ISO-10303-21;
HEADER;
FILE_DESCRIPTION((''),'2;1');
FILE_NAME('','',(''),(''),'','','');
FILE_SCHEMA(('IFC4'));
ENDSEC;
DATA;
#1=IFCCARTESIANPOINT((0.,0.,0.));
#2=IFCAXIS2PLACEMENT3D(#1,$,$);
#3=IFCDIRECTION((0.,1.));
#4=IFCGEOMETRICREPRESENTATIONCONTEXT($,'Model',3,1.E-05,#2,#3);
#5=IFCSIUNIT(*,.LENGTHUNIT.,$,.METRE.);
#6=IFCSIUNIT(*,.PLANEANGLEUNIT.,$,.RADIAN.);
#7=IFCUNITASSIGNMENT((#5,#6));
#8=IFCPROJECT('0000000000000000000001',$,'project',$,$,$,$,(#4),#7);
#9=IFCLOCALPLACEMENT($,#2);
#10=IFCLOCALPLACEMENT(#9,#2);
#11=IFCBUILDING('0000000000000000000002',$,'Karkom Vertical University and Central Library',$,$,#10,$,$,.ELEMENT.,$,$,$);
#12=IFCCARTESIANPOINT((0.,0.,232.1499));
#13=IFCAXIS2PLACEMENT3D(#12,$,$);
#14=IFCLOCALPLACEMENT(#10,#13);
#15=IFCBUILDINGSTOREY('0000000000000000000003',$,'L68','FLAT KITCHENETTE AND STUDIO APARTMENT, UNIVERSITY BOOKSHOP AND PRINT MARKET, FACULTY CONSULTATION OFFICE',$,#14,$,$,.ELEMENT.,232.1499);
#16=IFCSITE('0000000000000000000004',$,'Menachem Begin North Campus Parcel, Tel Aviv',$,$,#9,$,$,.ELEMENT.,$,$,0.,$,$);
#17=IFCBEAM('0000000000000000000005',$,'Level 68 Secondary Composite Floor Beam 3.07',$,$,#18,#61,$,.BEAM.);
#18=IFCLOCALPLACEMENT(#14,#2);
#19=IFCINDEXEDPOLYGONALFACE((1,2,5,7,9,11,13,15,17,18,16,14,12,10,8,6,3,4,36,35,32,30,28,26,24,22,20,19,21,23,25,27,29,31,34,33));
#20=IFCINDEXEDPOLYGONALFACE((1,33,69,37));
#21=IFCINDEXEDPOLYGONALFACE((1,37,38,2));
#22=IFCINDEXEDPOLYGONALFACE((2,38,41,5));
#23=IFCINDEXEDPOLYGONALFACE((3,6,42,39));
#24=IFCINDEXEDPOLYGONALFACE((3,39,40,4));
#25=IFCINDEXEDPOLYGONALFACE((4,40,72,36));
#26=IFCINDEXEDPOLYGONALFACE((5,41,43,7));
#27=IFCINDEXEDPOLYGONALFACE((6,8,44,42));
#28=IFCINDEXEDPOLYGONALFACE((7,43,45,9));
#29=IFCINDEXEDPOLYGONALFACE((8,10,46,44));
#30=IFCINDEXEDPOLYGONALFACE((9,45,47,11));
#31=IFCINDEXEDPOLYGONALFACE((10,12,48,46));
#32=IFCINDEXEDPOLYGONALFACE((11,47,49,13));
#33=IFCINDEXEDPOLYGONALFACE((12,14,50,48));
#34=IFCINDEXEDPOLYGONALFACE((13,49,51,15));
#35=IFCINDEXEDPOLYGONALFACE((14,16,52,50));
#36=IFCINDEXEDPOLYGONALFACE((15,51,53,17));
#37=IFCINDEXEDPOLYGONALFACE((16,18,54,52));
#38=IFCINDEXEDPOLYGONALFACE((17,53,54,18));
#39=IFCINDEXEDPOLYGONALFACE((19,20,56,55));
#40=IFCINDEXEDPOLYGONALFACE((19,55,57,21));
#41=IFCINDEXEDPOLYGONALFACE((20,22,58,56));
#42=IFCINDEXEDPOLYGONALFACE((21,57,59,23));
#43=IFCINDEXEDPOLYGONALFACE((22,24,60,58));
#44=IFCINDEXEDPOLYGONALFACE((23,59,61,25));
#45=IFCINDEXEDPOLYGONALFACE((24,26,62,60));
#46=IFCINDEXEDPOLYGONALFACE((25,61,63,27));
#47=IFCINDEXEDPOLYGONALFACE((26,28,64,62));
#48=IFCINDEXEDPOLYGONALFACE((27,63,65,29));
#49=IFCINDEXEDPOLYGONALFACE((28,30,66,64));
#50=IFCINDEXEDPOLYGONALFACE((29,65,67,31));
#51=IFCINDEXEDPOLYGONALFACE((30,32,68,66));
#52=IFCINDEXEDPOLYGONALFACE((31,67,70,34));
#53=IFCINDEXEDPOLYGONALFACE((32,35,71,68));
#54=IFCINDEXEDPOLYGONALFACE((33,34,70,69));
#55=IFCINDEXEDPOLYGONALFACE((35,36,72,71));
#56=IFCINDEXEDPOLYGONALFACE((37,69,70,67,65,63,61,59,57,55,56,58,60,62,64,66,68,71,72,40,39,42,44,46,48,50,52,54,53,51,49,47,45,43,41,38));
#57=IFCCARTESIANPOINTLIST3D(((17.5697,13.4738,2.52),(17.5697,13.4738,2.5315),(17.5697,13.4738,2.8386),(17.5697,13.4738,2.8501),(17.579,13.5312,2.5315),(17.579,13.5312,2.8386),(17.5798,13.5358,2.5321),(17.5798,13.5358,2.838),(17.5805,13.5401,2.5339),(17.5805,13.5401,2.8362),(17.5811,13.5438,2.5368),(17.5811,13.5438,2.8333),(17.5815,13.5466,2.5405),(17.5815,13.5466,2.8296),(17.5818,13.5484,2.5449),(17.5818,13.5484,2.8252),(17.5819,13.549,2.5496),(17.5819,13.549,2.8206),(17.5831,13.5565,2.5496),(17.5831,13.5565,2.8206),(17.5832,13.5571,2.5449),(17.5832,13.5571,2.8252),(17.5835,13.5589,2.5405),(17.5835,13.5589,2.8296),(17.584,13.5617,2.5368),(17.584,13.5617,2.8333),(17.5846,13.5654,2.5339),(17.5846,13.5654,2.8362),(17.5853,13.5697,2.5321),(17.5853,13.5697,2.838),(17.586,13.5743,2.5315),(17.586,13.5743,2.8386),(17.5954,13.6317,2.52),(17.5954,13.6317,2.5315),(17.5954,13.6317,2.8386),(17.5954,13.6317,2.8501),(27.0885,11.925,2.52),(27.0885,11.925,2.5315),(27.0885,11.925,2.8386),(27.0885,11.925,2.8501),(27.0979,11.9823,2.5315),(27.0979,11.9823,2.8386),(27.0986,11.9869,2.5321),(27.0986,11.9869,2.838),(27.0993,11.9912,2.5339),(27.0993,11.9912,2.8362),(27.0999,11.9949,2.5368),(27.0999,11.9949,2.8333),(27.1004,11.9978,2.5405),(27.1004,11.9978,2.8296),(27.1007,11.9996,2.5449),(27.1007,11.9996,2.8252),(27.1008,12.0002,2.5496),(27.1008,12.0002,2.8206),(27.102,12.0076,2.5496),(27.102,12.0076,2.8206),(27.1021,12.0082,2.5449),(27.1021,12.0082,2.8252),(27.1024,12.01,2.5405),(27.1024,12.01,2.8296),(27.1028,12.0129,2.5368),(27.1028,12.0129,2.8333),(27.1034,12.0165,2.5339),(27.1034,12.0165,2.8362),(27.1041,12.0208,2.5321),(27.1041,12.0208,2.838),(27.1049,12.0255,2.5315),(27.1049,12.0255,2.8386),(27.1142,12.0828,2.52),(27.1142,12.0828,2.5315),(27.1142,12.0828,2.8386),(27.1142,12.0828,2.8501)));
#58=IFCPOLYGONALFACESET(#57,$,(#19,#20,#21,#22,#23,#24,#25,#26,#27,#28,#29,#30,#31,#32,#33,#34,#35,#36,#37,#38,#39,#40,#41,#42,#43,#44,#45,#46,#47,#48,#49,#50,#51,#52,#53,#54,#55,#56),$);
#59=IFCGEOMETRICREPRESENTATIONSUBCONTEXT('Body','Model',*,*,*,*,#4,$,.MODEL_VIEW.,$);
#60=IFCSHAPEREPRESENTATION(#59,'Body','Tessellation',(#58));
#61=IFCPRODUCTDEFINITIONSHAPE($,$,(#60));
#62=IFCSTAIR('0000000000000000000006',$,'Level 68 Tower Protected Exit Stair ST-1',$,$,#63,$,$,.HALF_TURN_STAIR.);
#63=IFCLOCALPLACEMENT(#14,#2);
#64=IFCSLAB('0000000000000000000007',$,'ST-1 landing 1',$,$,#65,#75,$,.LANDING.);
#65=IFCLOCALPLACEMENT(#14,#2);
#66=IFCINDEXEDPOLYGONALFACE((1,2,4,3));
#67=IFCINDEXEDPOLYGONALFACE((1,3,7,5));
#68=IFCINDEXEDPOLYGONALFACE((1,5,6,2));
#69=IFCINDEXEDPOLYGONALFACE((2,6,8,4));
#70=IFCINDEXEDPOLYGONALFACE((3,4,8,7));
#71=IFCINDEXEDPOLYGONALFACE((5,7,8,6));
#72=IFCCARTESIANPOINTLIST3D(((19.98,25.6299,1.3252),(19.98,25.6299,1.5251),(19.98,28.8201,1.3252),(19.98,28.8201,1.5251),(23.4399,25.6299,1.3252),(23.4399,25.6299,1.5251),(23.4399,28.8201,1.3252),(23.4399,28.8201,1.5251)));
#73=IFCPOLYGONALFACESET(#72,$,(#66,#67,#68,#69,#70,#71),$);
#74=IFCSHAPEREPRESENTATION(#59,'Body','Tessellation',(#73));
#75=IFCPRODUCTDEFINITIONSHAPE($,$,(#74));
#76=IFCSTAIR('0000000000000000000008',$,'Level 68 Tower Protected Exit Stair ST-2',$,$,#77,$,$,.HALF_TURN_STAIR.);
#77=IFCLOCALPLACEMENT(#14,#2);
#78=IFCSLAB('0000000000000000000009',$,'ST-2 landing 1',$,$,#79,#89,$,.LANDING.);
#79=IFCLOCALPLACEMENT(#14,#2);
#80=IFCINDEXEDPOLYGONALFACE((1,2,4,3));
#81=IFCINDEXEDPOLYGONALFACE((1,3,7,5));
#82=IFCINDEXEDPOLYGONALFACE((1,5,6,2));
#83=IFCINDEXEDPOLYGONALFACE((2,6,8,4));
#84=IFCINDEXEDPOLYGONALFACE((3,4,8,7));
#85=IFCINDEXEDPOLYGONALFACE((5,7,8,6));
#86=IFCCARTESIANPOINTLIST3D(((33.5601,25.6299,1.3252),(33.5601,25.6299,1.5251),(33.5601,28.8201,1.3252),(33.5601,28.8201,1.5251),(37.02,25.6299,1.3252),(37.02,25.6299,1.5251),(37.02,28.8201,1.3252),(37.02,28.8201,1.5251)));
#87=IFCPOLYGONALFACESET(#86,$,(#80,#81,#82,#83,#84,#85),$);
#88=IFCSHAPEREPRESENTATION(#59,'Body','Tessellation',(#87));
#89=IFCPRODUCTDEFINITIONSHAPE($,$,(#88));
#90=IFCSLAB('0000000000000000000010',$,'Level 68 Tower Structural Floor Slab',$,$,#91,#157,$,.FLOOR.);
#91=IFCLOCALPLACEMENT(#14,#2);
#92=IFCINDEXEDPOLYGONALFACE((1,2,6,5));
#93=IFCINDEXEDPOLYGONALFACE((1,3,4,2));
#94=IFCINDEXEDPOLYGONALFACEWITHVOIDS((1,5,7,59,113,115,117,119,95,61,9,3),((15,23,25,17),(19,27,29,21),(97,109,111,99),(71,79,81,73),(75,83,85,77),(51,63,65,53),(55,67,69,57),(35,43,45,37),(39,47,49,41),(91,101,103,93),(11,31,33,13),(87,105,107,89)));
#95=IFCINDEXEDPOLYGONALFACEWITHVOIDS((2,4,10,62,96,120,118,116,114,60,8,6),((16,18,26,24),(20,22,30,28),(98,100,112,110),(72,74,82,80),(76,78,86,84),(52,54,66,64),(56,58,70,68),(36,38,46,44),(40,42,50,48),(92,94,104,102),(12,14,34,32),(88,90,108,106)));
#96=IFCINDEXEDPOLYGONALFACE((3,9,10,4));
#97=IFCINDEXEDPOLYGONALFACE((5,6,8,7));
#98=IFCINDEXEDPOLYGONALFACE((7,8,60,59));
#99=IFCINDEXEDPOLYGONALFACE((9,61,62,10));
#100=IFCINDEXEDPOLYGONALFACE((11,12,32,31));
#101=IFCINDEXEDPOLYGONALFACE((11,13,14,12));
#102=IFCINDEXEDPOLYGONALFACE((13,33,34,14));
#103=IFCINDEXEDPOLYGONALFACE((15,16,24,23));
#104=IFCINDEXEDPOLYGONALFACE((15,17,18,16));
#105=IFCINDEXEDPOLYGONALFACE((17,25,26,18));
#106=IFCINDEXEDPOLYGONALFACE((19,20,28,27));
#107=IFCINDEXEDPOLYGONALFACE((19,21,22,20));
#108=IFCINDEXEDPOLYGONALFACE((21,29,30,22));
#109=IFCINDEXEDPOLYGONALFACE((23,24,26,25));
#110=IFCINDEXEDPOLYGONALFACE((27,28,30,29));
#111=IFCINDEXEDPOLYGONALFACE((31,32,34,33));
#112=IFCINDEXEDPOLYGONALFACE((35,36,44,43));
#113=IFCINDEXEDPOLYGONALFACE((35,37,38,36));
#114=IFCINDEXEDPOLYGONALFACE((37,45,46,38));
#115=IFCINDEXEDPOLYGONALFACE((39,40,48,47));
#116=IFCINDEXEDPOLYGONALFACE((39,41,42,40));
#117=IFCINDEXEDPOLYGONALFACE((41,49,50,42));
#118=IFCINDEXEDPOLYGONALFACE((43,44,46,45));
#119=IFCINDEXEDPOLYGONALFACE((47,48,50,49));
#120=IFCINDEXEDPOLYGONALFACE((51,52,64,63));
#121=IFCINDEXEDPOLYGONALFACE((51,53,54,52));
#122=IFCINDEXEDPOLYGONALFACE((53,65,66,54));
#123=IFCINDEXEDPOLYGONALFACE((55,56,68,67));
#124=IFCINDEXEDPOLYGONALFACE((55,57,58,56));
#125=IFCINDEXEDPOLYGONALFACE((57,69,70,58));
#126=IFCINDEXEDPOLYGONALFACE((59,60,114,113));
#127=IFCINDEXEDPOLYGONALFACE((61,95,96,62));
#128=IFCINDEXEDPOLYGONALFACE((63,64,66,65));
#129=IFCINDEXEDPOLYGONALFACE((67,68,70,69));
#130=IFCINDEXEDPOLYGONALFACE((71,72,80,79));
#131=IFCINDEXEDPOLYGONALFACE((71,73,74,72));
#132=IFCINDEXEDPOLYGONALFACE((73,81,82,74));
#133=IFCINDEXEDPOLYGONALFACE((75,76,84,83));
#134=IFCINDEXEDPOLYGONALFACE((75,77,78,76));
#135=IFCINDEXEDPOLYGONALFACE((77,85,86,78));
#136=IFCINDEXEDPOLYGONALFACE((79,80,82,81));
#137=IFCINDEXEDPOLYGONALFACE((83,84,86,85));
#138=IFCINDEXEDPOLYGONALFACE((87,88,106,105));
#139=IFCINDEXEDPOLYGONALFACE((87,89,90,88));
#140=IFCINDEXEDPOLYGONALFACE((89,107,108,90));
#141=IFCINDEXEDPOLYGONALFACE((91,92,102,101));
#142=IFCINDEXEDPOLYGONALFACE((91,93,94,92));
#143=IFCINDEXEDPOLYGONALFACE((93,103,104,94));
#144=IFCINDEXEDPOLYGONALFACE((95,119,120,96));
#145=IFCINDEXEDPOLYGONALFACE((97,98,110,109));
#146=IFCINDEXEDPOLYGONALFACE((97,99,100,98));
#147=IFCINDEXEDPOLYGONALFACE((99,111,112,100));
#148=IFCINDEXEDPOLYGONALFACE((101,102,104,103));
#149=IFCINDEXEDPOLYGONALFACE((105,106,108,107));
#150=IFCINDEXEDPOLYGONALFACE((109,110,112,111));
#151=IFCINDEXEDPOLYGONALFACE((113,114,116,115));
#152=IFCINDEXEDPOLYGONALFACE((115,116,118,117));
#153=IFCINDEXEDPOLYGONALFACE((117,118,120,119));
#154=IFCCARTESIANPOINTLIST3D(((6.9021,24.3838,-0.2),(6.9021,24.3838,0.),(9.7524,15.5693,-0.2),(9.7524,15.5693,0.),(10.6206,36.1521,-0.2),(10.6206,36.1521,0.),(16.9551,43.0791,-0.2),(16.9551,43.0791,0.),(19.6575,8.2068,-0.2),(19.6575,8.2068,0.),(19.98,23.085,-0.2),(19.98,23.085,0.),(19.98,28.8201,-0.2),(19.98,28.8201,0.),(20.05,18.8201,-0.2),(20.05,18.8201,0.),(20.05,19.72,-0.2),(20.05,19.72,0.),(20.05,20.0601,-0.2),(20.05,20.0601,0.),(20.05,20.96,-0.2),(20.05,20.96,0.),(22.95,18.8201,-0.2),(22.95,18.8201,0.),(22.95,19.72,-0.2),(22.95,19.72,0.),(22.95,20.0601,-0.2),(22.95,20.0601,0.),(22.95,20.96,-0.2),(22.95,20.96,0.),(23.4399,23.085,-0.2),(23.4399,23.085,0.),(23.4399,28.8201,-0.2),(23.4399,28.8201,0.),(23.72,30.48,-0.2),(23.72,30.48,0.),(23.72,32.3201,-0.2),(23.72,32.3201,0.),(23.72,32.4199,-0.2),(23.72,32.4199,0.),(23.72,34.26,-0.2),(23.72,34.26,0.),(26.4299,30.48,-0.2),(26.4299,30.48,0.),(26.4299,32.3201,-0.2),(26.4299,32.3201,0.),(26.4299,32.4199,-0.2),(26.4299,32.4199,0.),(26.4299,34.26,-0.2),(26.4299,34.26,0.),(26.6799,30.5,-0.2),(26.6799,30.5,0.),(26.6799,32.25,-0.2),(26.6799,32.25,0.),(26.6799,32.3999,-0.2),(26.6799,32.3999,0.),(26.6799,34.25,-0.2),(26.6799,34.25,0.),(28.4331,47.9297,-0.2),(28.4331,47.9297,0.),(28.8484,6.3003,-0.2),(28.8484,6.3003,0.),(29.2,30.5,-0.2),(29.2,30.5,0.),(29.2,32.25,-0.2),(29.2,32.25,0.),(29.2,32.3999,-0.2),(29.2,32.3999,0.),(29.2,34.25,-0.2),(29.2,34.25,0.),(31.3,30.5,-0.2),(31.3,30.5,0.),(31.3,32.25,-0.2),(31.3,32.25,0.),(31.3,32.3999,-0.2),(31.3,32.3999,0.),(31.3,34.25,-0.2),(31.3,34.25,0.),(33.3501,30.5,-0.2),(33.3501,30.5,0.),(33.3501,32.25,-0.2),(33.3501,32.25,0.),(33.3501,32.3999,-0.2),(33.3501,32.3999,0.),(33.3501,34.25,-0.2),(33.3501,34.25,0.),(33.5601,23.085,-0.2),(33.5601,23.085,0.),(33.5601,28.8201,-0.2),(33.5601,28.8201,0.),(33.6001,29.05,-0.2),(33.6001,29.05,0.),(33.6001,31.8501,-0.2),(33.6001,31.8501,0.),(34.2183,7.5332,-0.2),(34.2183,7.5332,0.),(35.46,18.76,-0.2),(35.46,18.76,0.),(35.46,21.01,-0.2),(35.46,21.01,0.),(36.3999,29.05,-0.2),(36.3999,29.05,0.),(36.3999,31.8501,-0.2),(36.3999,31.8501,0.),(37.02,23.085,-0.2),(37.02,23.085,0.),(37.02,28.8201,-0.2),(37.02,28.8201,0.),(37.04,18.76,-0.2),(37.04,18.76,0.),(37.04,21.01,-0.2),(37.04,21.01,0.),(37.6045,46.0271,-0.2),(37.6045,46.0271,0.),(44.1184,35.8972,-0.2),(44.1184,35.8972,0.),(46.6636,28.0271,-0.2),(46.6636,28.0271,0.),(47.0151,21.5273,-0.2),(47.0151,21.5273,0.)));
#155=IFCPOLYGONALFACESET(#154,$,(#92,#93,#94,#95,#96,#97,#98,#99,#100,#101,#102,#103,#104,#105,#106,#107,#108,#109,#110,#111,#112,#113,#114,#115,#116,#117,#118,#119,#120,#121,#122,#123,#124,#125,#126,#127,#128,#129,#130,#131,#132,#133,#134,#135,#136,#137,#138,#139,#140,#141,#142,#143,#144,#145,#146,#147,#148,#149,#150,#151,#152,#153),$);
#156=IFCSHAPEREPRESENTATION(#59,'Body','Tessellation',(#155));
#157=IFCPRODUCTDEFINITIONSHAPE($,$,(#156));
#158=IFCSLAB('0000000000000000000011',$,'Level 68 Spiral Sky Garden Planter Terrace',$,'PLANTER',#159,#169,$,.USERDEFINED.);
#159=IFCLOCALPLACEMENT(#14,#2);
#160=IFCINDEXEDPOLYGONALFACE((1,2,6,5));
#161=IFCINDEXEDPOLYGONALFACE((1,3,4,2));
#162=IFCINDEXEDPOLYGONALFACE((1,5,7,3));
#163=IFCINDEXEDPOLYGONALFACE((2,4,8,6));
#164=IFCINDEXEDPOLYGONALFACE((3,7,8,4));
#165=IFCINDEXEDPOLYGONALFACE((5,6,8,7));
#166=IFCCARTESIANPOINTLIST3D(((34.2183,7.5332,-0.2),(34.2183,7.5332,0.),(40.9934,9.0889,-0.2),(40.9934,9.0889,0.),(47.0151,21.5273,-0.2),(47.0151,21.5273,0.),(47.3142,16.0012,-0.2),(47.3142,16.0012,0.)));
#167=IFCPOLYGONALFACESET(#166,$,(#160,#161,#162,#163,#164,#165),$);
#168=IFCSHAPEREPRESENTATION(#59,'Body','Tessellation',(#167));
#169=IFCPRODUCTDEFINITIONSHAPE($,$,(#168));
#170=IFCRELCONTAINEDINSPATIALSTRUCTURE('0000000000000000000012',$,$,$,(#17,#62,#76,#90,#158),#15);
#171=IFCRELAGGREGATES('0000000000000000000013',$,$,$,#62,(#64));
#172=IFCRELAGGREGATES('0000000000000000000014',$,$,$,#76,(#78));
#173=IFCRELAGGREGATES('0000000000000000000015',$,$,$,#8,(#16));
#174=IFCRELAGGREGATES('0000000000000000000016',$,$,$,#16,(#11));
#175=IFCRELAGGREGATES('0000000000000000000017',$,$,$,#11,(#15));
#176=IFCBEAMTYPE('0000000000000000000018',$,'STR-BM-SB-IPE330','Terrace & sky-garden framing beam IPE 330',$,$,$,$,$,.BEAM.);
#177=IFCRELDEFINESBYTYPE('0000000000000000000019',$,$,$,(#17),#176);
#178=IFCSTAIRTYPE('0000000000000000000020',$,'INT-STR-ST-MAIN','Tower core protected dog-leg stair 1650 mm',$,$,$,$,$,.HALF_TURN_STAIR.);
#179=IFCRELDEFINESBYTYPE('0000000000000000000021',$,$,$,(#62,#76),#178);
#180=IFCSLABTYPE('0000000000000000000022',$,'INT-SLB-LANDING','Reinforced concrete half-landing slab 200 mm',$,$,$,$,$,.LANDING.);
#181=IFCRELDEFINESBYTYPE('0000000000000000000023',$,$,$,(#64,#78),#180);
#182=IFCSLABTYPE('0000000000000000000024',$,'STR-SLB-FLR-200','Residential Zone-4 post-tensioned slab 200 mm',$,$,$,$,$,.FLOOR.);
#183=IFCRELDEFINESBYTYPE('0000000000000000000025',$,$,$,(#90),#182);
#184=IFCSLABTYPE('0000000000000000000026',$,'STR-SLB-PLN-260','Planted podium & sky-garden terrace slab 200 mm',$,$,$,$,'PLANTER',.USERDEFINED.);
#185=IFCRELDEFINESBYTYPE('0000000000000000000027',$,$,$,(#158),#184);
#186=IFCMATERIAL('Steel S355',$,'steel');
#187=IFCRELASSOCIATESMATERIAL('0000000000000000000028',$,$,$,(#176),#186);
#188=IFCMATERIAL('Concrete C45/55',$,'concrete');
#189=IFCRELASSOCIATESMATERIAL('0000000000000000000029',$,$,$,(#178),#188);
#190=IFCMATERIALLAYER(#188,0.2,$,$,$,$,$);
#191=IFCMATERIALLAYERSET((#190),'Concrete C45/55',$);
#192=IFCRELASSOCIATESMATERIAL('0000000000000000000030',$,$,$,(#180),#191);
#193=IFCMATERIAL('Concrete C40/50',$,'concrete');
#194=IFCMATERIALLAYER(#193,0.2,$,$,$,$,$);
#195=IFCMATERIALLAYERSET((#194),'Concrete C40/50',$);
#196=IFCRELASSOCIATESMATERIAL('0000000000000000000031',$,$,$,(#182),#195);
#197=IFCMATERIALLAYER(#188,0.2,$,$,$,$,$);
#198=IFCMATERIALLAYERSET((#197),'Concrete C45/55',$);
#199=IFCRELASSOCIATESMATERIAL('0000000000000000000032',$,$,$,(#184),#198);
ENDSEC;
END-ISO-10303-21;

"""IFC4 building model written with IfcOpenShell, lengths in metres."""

from ifc_helpers import new_model, si_unit, direction, frame, origin, origin_with_axes, origin_2d, place, context, subcontext, project, spatial, polyline, i_section, outline, extrude, source, transform, mapped, material, layer, layer_set, material_profile, profile_set, type_object, element, aggregate, save


model = new_model("IFC4")

# Units and contexts
model_context = context("Model", 3, precision=1e-05, world=origin(), true_north=direction((0.0, 1.0)))
body_context = subcontext(model_context, "Body", "Model", "MODEL_VIEW")
ifc_project = project(units=[si_unit("LENGTHUNIT", "METRE"), si_unit("PLANEANGLEUNIT", "RADIAN")], contexts=[model_context])

# Site, building, storey
site_placement = place(None, origin())
site = spatial("IfcSite", under=ifc_project, at=site_placement, Name="Menachem Begin North Campus Parcel, Tel Aviv", CompositionType="ELEMENT", RefElevation=0.0)
building_placement = place(site_placement, origin())
building = spatial("IfcBuilding", under=site, at=building_placement, Name="Karkom Vertical University and Central Library", CompositionType="ELEMENT")
storey_placement = place(building_placement, frame((0.0, 0.0, 232.1499)))
storey = spatial("IfcBuildingStorey", under=building, at=storey_placement, Name="L68", Description="FLAT KITCHENETTE AND STUDIO APARTMENT, UNIVERSITY BOOKSHOP AND PRINT MARKET, FACULTY CONSULTATION OFFICE", CompositionType="ELEMENT", Elevation=232.1499)

# Shared definitions
ifc_material_1 = material(Name="Concrete C45/55", Category="concrete")

# Beam
ifc_material_2 = material(Name="Steel S355", Category="steel")
ifc_material_profile_1 = material_profile(ifc_material_2, i_section(OverallWidth=0.1599, OverallDepth=0.3301, WebThickness=0.0076, FlangeThickness=0.0115, FilletRadius=0.0181, at=origin_2d()), Name="IPE 330")
ifc_profile_set_1 = profile_set([ifc_material_profile_1], Name="Steel S355")
beam_type_1 = type_object("IfcBeamType", Name="STR-BM-SB-IPE330", Description="Terrace & sky-garden framing beam IPE 330", PredefinedType="BEAM", material=ifc_profile_set_1)
shared_shape_1 = source(origin_with_axes(), body_context, "Body", "SweptSolid", [
    extrude(i_section(OverallWidth=0.1599, OverallDepth=0.3301, WebThickness=0.0076, FlangeThickness=0.0115, FilletRadius=0.0181, at=origin_2d()), origin(), (0.0, 0.0, 1.0), 9.644),
])
beam_1_placement = place(storey_placement, frame((17.5825, 13.5527, 2.6851), z_axis=(0.987019, -0.1606, 0.0), x_axis=(0.1606, 0.987019, 0.0)))
element("IfcBeam", 1, at=beam_1_placement, inside=storey, type_object=beam_type_1, Name="Level 68 Secondary Composite Floor Beam 3.07", PredefinedType="BEAM", context=body_context, shape_type="MappedRepresentation", body=[
    mapped(shared_shape_1, transform((0.0, 0.0, 0.0), scale=1.0)),
])

# Stairs, slabs
stair_type = type_object("IfcStairType", Name="INT-STR-ST-MAIN", Description="Tower core protected dog-leg stair 1650 mm", PredefinedType="HALF_TURN_STAIR", material=ifc_material_1)
stair_1_placement = place(storey_placement, origin())
stair_1 = element("IfcStair", 2, at=stair_1_placement, inside=storey, type_object=stair_type, Name="Level 68 Tower Protected Exit Stair ST-1", PredefinedType="HALF_TURN_STAIR")
ifc_layer_1 = layer(ifc_material_1, 0.2)
ifc_layer_set_1 = layer_set([ifc_layer_1], Name="Concrete C45/55")
slab_type_1 = type_object("IfcSlabType", Name="INT-SLB-LANDING", Description="Reinforced concrete half-landing slab 200 mm", PredefinedType="LANDING", material=ifc_layer_set_1)
slab_1_placement = place(storey_placement, frame((0.0, 0.0, 1.3252)))
slab_1 = element("IfcSlab", 3, at=slab_1_placement, type_object=slab_type_1, Name="ST-1 landing 1", PredefinedType="LANDING", context=body_context, shape_type="SweptSolid", body=[
    extrude(outline(polyline([(23.4399, 25.6299), (23.4399, 28.8201), (19.98, 28.8201), (19.98, 25.6299), (23.4399, 25.6299)])), origin(), (0.0, 0.0, 1.0), 0.2),
])
aggregate(stair_1, [slab_1])
stair_2_placement = place(storey_placement, origin())
stair_2 = element("IfcStair", 4, at=stair_2_placement, inside=storey, type_object=stair_type, Name="Level 68 Tower Protected Exit Stair ST-2", PredefinedType="HALF_TURN_STAIR")
slab_2_placement = place(storey_placement, frame((0.0, 0.0, 1.3252)))
slab_2 = element("IfcSlab", 5, at=slab_2_placement, type_object=slab_type_1, Name="ST-2 landing 1", PredefinedType="LANDING", context=body_context, shape_type="SweptSolid", body=[
    extrude(outline(polyline([(37.02, 25.6299), (37.02, 28.8201), (33.5601, 28.8201), (33.5601, 25.6299), (37.02, 25.6299)])), origin(), (0.0, 0.0, 1.0), 0.2),
])
aggregate(stair_2, [slab_2])

# Slabs
ifc_material_3 = material(Name="Concrete C40/50", Category="concrete")
ifc_layer_2 = layer(ifc_material_3, 0.2)
ifc_layer_set_2 = layer_set([ifc_layer_2], Name="Concrete C40/50")
slab_type_2 = type_object("IfcSlabType", Name="STR-SLB-FLR-200", Description="Residential Zone-4 post-tensioned slab 200 mm", PredefinedType="FLOOR", material=ifc_layer_set_2)
slab_3_placement = place(storey_placement, frame((0.0, 0.0, -0.2)))
element("IfcSlab", 6, at=slab_3_placement, inside=storey, type_object=slab_type_2, Name="Level 68 Tower Structural Floor Slab", PredefinedType="FLOOR", context=body_context, shape_type="SweptSolid", body=[
    extrude(outline(polyline([(9.7524, 15.5693), (19.6575, 8.2068), (28.8484, 6.3003), (34.2183, 7.5332), (47.0151, 21.5273), (46.6636, 28.0271), (44.1184, 35.8972), (37.6045, 46.0271), (28.4331, 47.9297), (16.9551, 43.0791), (10.6206, 36.1521), (6.9021, 24.3838), (9.7524, 15.5693)]), holes=[polyline([(19.98, 23.085), (23.4399, 23.085), (23.4399, 28.8201), (19.98, 28.8201), (19.98, 23.085)]), polyline([(33.5601, 23.085), (37.02, 23.085), (37.02, 28.8201), (33.5601, 28.8201), (33.5601, 23.085)]), polyline([(26.6799, 30.5), (29.2, 30.5), (29.2, 32.25), (26.6799, 32.25), (26.6799, 30.5)]), polyline([(26.6799, 32.3999), (29.2, 32.3999), (29.2, 34.25), (26.6799, 34.25), (26.6799, 32.3999)]), polyline([(31.3, 30.5), (33.3501, 30.5), (33.3501, 32.25), (31.3, 32.25), (31.3, 30.5)]), polyline([(31.3, 32.3999), (33.3501, 32.3999), (33.3501, 34.25), (31.3, 34.25), (31.3, 32.3999)]), polyline([(23.72, 30.48), (26.4299, 30.48), (26.4299, 32.3201), (23.72, 32.3201), (23.72, 30.48)]), polyline([(23.72, 32.4199), (26.4299, 32.4199), (26.4299, 34.26), (23.72, 34.26), (23.72, 32.4199)]), polyline([(33.6001, 29.05), (36.3999, 29.05), (36.3999, 31.8501), (33.6001, 31.8501), (33.6001, 29.05)]), polyline([(20.05, 18.8201), (22.95, 18.8201), (22.95, 19.72), (20.05, 19.72), (20.05, 18.8201)]), polyline([(20.05, 20.0601), (22.95, 20.0601), (22.95, 20.96), (20.05, 20.96), (20.05, 20.0601)]), polyline([(35.46, 18.76), (37.04, 18.76), (37.04, 21.01), (35.46, 21.01), (35.46, 18.76)])]), origin(), (0.0, 0.0, 1.0), 0.2),
])
ifc_layer_3 = layer(ifc_material_1, 0.2)
ifc_layer_set_3 = layer_set([ifc_layer_3], Name="Concrete C45/55")
slab_type_3 = type_object("IfcSlabType", Name="STR-SLB-PLN-260", Description="Planted podium & sky-garden terrace slab 200 mm", ElementType="PLANTER", PredefinedType="USERDEFINED", material=ifc_layer_set_3)
slab_4_placement = place(storey_placement, frame((0.0, 0.0, -0.2)))
element("IfcSlab", 7, at=slab_4_placement, inside=storey, type_object=slab_type_3, Name="Level 68 Spiral Sky Garden Planter Terrace", ObjectType="PLANTER", PredefinedType="USERDEFINED", context=body_context, shape_type="SweptSolid", body=[
    extrude(outline(polyline([(34.2183, 7.5332), (40.9934, 9.0889), (47.3142, 16.0012), (47.0151, 21.5273), (34.2183, 7.5332)])), origin(), (0.0, 0.0, 1.0), 0.2),
])

save(model, "model.ifc")
